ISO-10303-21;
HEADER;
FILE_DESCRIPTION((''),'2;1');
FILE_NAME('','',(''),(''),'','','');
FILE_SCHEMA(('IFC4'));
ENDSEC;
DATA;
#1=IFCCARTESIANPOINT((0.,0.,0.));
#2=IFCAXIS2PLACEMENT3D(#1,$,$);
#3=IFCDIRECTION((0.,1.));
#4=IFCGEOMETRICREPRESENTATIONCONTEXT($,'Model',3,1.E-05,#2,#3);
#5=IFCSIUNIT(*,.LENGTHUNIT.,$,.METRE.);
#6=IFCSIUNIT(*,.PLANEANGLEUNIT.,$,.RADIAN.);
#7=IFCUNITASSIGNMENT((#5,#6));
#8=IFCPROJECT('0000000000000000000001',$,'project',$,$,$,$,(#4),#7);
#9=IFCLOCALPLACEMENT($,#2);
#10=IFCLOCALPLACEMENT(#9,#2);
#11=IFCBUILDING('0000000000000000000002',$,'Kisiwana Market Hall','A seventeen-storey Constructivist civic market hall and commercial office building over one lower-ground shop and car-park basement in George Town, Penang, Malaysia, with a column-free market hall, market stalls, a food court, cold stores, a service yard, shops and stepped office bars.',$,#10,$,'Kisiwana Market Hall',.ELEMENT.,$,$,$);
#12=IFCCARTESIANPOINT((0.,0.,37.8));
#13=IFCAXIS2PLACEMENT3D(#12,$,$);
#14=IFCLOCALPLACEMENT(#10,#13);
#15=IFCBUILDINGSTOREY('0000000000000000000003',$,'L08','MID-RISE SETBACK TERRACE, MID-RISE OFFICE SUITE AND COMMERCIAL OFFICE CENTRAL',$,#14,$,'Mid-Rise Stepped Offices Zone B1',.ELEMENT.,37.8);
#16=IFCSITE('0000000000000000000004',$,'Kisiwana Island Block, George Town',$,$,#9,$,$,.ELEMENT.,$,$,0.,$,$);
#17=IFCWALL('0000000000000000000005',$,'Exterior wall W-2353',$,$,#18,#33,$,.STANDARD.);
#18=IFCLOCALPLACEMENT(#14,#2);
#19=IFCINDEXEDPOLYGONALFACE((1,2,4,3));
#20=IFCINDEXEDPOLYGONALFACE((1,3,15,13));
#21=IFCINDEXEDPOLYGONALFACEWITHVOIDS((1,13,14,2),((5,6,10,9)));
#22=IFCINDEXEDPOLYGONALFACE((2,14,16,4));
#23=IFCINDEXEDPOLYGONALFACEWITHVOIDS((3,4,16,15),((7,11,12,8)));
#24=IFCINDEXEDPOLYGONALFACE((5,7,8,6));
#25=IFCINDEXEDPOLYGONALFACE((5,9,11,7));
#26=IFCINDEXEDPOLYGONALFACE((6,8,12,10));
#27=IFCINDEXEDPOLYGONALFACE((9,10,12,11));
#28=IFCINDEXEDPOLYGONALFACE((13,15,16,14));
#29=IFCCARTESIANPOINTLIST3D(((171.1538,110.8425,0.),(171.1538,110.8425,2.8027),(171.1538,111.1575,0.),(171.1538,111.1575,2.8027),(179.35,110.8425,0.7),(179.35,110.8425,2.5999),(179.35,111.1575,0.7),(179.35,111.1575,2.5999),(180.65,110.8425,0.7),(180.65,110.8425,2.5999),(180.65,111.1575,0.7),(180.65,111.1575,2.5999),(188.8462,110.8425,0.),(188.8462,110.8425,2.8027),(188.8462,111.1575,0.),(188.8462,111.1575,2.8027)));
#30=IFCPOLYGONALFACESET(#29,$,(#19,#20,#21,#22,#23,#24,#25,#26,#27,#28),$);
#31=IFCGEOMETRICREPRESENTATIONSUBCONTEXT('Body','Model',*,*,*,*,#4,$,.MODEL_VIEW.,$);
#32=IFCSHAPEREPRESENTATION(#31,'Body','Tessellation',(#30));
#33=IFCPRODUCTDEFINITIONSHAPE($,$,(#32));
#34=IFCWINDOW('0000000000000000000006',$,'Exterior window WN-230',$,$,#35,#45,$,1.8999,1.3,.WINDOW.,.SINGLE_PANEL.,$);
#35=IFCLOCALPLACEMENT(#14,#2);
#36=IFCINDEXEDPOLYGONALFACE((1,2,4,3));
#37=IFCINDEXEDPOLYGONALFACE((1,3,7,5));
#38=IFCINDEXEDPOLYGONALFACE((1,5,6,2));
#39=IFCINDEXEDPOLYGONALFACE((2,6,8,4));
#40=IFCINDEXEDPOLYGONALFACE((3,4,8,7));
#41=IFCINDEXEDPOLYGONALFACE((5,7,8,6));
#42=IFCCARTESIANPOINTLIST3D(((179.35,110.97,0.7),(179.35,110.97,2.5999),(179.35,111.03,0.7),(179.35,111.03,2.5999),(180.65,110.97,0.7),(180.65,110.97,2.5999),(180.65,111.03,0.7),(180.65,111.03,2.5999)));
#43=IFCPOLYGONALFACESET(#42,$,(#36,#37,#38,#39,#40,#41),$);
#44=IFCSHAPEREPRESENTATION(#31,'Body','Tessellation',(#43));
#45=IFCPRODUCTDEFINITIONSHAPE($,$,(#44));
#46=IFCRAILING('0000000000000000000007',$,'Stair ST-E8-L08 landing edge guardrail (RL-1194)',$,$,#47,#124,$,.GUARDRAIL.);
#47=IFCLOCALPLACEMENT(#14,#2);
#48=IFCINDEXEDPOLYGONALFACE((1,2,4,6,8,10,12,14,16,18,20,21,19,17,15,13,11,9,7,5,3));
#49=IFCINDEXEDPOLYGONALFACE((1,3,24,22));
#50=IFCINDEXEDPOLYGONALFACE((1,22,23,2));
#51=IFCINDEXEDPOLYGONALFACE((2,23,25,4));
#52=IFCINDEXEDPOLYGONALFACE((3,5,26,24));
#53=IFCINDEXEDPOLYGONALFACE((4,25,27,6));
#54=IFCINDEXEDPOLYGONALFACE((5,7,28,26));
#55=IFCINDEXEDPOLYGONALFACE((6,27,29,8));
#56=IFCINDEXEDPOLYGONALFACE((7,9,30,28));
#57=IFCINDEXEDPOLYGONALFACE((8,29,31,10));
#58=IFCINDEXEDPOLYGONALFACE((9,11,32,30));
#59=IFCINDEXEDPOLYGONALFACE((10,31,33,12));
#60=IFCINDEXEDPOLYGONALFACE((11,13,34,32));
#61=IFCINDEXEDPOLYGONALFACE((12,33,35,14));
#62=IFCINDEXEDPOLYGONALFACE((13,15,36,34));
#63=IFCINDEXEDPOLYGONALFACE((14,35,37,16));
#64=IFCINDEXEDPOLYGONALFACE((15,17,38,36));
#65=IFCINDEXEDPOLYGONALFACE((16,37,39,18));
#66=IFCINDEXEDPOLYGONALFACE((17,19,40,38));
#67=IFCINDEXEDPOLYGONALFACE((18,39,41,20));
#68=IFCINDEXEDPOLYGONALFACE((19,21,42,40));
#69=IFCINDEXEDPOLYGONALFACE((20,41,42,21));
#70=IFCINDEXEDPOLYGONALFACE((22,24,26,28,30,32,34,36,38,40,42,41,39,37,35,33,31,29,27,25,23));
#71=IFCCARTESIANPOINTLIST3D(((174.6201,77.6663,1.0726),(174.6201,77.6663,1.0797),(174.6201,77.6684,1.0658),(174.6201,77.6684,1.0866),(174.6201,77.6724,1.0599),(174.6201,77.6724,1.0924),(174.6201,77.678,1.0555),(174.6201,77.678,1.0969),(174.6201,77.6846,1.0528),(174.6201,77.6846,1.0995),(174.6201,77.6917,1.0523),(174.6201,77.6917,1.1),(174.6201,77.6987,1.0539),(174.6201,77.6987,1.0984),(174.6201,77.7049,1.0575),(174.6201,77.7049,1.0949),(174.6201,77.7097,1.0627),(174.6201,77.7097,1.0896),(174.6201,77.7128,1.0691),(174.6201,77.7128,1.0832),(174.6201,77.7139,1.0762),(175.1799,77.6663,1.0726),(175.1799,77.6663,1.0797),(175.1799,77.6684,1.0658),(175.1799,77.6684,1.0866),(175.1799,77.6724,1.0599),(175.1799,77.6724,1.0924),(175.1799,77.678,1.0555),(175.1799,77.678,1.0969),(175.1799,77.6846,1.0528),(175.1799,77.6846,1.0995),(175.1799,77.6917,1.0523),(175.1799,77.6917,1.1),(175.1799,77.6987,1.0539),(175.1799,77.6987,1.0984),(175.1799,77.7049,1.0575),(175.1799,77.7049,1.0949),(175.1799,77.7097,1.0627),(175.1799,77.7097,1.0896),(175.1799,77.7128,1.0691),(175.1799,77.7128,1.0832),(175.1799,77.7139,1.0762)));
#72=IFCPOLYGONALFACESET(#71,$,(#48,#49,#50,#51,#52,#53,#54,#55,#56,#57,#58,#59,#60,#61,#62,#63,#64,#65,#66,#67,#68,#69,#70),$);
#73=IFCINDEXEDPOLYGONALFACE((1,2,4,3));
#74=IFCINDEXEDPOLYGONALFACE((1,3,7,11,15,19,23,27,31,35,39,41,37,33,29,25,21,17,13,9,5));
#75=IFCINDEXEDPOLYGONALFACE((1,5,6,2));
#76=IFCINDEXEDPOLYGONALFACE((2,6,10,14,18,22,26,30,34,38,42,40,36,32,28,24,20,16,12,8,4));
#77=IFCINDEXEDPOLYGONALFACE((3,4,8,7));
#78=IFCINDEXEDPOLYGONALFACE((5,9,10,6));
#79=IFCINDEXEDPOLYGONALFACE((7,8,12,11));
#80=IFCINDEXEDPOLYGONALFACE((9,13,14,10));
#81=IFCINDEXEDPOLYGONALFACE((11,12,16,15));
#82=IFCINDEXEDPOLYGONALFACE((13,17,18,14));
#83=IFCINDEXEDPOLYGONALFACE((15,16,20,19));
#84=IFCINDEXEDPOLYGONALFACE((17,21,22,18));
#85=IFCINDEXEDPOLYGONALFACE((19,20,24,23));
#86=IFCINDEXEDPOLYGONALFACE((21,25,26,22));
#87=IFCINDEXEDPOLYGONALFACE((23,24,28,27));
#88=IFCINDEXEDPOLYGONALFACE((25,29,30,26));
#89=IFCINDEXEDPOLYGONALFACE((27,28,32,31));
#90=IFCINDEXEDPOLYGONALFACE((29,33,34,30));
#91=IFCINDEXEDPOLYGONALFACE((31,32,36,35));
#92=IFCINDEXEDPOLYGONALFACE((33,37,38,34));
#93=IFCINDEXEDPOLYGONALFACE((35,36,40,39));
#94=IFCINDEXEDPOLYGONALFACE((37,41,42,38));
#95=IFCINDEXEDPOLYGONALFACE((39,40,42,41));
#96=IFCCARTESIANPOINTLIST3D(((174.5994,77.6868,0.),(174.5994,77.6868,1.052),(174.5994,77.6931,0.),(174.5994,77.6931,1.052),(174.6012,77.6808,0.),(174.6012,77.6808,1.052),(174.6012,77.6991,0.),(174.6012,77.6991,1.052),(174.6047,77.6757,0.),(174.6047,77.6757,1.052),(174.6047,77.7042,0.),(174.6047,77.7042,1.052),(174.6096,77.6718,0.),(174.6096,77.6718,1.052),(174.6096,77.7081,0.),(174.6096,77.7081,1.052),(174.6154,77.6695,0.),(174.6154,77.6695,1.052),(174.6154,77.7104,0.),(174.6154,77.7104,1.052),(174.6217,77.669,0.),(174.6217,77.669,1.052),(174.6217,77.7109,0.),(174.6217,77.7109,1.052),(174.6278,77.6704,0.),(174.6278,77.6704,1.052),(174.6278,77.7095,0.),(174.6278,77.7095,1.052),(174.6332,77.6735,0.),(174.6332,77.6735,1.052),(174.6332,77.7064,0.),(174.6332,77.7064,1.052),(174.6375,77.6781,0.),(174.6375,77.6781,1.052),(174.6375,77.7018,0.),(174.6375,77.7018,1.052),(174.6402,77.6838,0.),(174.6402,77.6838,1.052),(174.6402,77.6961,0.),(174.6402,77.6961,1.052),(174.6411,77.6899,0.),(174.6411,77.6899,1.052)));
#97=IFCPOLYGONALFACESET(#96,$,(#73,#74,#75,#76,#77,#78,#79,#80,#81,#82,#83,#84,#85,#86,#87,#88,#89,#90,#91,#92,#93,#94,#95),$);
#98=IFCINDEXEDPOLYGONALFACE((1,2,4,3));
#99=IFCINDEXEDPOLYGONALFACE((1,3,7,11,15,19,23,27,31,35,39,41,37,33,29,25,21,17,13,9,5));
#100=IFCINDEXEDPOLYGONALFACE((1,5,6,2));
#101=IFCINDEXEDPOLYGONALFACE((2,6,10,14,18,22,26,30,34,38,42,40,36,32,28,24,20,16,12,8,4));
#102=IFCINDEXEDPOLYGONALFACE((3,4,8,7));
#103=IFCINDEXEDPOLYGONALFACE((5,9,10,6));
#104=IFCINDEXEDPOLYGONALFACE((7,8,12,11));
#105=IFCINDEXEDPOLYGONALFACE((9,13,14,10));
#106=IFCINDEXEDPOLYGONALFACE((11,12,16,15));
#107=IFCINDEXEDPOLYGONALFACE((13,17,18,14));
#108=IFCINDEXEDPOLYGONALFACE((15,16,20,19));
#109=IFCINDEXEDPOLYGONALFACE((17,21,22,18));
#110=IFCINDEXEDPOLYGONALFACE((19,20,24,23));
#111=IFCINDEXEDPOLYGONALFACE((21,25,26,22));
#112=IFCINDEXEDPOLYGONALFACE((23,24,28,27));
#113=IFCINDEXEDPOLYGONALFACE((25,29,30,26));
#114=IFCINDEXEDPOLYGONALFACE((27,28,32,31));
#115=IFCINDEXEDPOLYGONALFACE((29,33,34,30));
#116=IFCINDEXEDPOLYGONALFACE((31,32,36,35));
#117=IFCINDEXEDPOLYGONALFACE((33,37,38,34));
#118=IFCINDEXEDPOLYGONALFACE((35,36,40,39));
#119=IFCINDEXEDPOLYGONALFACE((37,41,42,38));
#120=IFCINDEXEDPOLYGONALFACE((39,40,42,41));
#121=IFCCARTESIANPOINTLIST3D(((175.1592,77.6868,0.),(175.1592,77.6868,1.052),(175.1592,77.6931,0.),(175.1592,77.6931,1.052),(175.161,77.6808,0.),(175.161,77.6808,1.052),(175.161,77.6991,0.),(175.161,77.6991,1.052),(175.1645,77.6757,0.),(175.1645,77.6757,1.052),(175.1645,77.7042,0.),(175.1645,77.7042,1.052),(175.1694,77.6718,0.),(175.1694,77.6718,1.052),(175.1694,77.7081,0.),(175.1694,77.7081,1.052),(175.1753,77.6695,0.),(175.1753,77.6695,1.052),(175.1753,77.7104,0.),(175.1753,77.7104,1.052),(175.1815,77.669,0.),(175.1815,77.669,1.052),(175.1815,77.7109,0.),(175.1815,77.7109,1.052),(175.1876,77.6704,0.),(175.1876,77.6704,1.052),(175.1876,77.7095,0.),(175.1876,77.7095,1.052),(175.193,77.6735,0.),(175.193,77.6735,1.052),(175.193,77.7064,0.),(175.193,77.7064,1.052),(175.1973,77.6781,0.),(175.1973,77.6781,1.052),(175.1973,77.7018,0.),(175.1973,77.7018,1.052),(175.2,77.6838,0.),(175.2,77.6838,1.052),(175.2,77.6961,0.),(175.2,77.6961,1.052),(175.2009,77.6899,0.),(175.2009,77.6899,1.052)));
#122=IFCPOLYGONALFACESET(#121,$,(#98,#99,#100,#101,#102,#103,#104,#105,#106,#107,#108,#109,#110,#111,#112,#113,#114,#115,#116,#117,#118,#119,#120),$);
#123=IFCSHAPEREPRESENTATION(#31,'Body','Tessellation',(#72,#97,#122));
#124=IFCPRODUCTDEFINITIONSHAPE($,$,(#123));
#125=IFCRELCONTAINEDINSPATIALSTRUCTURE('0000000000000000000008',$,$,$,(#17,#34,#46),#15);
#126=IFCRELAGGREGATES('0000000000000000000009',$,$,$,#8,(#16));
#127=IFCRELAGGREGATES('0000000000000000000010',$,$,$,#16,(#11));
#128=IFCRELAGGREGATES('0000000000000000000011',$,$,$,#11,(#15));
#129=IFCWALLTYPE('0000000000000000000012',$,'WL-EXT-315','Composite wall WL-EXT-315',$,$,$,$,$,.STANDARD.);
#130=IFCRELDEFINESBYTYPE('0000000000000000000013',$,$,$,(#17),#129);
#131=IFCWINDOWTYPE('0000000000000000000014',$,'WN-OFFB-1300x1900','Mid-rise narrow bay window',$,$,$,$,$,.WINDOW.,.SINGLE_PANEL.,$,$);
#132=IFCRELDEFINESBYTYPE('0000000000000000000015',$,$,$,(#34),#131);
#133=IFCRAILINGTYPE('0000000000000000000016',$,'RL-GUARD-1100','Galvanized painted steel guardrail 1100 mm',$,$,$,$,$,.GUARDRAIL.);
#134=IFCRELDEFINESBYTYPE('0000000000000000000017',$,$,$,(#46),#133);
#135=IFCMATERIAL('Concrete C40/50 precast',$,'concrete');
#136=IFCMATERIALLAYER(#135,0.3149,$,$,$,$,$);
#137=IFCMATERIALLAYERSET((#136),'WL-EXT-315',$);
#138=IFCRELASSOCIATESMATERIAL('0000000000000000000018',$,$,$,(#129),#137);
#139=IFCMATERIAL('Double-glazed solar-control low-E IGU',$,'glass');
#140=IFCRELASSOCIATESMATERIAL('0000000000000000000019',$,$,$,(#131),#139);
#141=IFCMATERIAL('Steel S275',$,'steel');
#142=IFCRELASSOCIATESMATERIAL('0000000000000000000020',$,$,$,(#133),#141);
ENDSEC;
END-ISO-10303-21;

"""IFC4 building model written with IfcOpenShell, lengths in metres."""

from ifc_helpers import new_model, si_unit, direction, frame, frame_2d, origin, origin_2d, place, context, subcontext, project, spatial, rectangle, circle, extrude, material, layer, layer_set, type_object, element, fill, save


model = new_model("IFC4")

# Units and contexts
model_context = context("Model", 3, precision=1e-05, world=origin(), true_north=direction((0.0, 1.0)))
body_context = subcontext(model_context, "Body", "Model", "MODEL_VIEW")
ifc_project = project(units=[si_unit("LENGTHUNIT", "METRE"), si_unit("PLANEANGLEUNIT", "RADIAN")], contexts=[model_context])

# Site, building, storey
site_placement = place(None, origin())
site = spatial("IfcSite", under=ifc_project, at=site_placement, Name="Kisiwana Island Block, George Town", CompositionType="ELEMENT", RefElevation=0.0)
building_placement = place(site_placement, origin())
building = spatial("IfcBuilding", under=site, at=building_placement, Name="Kisiwana Market Hall", Description="A seventeen-storey Constructivist civic market hall and commercial office building over one lower-ground shop and car-park basement in George Town, Penang, Malaysia, with a column-free market hall, market stalls, a food court, cold stores, a service yard, shops and stepped office bars.", LongName="Kisiwana Market Hall", CompositionType="ELEMENT")
storey_placement = place(building_placement, frame((0.0, 0.0, 37.8)))
storey = spatial("IfcBuildingStorey", under=building, at=storey_placement, Name="L08", Description="MID-RISE SETBACK TERRACE, MID-RISE OFFICE SUITE AND COMMERCIAL OFFICE CENTRAL", LongName="Mid-Rise Stepped Offices Zone B1", CompositionType="ELEMENT", Elevation=37.8)

# Wall, opening, window
ifc_material_1 = material(Name="Concrete C40/50 precast", Category="concrete")
ifc_layer_1 = layer(ifc_material_1, 0.3149)
ifc_layer_set_1 = layer_set([ifc_layer_1], Name="WL-EXT-315")
wall_type_1 = type_object("IfcWallType", Name="WL-EXT-315", Description="Composite wall WL-EXT-315", PredefinedType="STANDARD", material=ifc_layer_set_1)
wall_1_placement = place(storey_placement, frame((171.1538, 111.0, 0.0), z_axis=(0.0, 0.0, 1.0), x_axis=(1.0, 0.0, 0.0)))
wall_1 = element("IfcWall", 1, at=wall_1_placement, inside=storey, type_object=wall_type_1, Name="Exterior wall W-2353", PredefinedType="STANDARD", context=body_context, shape_type="SweptSolid", body=[
    extrude(rectangle(XDim=17.6924, YDim=0.3149, at=frame_2d((8.8462, 0.0))), origin(), (0.0, 0.0, 1.0), 2.8027),
])
opening_placement = place(wall_1_placement, frame((8.1963, 0.0, 0.7)))
opening = element("IfcOpeningElement", 2, at=opening_placement, cuts=wall_1, PredefinedType="OPENING", context=body_context, shape_type="SweptSolid", body=[
    extrude(rectangle(XDim=1.3, YDim=1.8999, at=frame_2d((0.6499, 0.95))), frame((0.0, 0.1694, 0.0), z_axis=(0.0, -1.0, 0.0), x_axis=(1.0, 0.0, 0.0)), (0.0, 0.0, 1.0), 0.3389),
])
ifc_material_2 = material(Name="Double-glazed solar-control low-E IGU", Category="glass")
window_type = type_object("IfcWindowType", Name="WN-OFFB-1300x1900", Description="Mid-rise narrow bay window", PartitioningType="SINGLE_PANEL", PredefinedType="WINDOW", material=ifc_material_2)
window_placement = place(opening_placement, origin())
window = element("IfcWindow", 3, at=window_placement, inside=storey, type_object=window_type, Name="Exterior window WN-230", OverallHeight=1.8999, OverallWidth=1.3, PartitioningType="SINGLE_PANEL", PredefinedType="WINDOW", context=body_context, shape_type="SweptSolid", body=[
    extrude(rectangle(XDim=1.3, YDim=1.8999, at=frame_2d((0.6499, 0.95))), frame((0.0, 0.03, 0.0), z_axis=(0.0, -1.0, 0.0), x_axis=(1.0, 0.0, 0.0)), (0.0, 0.0, 1.0), 0.0601),
])
fill(opening, window)

# Railing
ifc_material_3 = material(Name="Steel S275", Category="steel")
railing_type_1 = type_object("IfcRailingType", Name="RL-GUARD-1100", Description="Galvanized painted steel guardrail 1100 mm", PredefinedType="GUARDRAIL", material=ifc_material_3)
railing_1_placement = place(storey_placement, frame((174.6201, 77.6899, 0.0)))
element("IfcRailing", 4, at=railing_1_placement, inside=storey, type_object=railing_type_1, Name="Stair ST-E8-L08 landing edge guardrail (RL-1194)", PredefinedType="GUARDRAIL", context=body_context, shape_type="SweptSolid", body=[
    extrude(circle(Radius=0.0239, at=origin_2d()), frame((0.0, 0.0, 1.0762), z_axis=(1.0, 0.0, 0.0), x_axis=(0.0, 1.0, 0.0)), (0.0, 0.0, 1.0), 0.5598),
    extrude(circle(Radius=0.021, at=origin_2d()), origin(), (0.0, 0.0, 1.0), 1.052),
    extrude(circle(Radius=0.021, at=origin_2d()), frame((0.5598, 0.0, 0.0)), (0.0, 0.0, 1.0), 1.052),
])

save(model, "model.ifc")
